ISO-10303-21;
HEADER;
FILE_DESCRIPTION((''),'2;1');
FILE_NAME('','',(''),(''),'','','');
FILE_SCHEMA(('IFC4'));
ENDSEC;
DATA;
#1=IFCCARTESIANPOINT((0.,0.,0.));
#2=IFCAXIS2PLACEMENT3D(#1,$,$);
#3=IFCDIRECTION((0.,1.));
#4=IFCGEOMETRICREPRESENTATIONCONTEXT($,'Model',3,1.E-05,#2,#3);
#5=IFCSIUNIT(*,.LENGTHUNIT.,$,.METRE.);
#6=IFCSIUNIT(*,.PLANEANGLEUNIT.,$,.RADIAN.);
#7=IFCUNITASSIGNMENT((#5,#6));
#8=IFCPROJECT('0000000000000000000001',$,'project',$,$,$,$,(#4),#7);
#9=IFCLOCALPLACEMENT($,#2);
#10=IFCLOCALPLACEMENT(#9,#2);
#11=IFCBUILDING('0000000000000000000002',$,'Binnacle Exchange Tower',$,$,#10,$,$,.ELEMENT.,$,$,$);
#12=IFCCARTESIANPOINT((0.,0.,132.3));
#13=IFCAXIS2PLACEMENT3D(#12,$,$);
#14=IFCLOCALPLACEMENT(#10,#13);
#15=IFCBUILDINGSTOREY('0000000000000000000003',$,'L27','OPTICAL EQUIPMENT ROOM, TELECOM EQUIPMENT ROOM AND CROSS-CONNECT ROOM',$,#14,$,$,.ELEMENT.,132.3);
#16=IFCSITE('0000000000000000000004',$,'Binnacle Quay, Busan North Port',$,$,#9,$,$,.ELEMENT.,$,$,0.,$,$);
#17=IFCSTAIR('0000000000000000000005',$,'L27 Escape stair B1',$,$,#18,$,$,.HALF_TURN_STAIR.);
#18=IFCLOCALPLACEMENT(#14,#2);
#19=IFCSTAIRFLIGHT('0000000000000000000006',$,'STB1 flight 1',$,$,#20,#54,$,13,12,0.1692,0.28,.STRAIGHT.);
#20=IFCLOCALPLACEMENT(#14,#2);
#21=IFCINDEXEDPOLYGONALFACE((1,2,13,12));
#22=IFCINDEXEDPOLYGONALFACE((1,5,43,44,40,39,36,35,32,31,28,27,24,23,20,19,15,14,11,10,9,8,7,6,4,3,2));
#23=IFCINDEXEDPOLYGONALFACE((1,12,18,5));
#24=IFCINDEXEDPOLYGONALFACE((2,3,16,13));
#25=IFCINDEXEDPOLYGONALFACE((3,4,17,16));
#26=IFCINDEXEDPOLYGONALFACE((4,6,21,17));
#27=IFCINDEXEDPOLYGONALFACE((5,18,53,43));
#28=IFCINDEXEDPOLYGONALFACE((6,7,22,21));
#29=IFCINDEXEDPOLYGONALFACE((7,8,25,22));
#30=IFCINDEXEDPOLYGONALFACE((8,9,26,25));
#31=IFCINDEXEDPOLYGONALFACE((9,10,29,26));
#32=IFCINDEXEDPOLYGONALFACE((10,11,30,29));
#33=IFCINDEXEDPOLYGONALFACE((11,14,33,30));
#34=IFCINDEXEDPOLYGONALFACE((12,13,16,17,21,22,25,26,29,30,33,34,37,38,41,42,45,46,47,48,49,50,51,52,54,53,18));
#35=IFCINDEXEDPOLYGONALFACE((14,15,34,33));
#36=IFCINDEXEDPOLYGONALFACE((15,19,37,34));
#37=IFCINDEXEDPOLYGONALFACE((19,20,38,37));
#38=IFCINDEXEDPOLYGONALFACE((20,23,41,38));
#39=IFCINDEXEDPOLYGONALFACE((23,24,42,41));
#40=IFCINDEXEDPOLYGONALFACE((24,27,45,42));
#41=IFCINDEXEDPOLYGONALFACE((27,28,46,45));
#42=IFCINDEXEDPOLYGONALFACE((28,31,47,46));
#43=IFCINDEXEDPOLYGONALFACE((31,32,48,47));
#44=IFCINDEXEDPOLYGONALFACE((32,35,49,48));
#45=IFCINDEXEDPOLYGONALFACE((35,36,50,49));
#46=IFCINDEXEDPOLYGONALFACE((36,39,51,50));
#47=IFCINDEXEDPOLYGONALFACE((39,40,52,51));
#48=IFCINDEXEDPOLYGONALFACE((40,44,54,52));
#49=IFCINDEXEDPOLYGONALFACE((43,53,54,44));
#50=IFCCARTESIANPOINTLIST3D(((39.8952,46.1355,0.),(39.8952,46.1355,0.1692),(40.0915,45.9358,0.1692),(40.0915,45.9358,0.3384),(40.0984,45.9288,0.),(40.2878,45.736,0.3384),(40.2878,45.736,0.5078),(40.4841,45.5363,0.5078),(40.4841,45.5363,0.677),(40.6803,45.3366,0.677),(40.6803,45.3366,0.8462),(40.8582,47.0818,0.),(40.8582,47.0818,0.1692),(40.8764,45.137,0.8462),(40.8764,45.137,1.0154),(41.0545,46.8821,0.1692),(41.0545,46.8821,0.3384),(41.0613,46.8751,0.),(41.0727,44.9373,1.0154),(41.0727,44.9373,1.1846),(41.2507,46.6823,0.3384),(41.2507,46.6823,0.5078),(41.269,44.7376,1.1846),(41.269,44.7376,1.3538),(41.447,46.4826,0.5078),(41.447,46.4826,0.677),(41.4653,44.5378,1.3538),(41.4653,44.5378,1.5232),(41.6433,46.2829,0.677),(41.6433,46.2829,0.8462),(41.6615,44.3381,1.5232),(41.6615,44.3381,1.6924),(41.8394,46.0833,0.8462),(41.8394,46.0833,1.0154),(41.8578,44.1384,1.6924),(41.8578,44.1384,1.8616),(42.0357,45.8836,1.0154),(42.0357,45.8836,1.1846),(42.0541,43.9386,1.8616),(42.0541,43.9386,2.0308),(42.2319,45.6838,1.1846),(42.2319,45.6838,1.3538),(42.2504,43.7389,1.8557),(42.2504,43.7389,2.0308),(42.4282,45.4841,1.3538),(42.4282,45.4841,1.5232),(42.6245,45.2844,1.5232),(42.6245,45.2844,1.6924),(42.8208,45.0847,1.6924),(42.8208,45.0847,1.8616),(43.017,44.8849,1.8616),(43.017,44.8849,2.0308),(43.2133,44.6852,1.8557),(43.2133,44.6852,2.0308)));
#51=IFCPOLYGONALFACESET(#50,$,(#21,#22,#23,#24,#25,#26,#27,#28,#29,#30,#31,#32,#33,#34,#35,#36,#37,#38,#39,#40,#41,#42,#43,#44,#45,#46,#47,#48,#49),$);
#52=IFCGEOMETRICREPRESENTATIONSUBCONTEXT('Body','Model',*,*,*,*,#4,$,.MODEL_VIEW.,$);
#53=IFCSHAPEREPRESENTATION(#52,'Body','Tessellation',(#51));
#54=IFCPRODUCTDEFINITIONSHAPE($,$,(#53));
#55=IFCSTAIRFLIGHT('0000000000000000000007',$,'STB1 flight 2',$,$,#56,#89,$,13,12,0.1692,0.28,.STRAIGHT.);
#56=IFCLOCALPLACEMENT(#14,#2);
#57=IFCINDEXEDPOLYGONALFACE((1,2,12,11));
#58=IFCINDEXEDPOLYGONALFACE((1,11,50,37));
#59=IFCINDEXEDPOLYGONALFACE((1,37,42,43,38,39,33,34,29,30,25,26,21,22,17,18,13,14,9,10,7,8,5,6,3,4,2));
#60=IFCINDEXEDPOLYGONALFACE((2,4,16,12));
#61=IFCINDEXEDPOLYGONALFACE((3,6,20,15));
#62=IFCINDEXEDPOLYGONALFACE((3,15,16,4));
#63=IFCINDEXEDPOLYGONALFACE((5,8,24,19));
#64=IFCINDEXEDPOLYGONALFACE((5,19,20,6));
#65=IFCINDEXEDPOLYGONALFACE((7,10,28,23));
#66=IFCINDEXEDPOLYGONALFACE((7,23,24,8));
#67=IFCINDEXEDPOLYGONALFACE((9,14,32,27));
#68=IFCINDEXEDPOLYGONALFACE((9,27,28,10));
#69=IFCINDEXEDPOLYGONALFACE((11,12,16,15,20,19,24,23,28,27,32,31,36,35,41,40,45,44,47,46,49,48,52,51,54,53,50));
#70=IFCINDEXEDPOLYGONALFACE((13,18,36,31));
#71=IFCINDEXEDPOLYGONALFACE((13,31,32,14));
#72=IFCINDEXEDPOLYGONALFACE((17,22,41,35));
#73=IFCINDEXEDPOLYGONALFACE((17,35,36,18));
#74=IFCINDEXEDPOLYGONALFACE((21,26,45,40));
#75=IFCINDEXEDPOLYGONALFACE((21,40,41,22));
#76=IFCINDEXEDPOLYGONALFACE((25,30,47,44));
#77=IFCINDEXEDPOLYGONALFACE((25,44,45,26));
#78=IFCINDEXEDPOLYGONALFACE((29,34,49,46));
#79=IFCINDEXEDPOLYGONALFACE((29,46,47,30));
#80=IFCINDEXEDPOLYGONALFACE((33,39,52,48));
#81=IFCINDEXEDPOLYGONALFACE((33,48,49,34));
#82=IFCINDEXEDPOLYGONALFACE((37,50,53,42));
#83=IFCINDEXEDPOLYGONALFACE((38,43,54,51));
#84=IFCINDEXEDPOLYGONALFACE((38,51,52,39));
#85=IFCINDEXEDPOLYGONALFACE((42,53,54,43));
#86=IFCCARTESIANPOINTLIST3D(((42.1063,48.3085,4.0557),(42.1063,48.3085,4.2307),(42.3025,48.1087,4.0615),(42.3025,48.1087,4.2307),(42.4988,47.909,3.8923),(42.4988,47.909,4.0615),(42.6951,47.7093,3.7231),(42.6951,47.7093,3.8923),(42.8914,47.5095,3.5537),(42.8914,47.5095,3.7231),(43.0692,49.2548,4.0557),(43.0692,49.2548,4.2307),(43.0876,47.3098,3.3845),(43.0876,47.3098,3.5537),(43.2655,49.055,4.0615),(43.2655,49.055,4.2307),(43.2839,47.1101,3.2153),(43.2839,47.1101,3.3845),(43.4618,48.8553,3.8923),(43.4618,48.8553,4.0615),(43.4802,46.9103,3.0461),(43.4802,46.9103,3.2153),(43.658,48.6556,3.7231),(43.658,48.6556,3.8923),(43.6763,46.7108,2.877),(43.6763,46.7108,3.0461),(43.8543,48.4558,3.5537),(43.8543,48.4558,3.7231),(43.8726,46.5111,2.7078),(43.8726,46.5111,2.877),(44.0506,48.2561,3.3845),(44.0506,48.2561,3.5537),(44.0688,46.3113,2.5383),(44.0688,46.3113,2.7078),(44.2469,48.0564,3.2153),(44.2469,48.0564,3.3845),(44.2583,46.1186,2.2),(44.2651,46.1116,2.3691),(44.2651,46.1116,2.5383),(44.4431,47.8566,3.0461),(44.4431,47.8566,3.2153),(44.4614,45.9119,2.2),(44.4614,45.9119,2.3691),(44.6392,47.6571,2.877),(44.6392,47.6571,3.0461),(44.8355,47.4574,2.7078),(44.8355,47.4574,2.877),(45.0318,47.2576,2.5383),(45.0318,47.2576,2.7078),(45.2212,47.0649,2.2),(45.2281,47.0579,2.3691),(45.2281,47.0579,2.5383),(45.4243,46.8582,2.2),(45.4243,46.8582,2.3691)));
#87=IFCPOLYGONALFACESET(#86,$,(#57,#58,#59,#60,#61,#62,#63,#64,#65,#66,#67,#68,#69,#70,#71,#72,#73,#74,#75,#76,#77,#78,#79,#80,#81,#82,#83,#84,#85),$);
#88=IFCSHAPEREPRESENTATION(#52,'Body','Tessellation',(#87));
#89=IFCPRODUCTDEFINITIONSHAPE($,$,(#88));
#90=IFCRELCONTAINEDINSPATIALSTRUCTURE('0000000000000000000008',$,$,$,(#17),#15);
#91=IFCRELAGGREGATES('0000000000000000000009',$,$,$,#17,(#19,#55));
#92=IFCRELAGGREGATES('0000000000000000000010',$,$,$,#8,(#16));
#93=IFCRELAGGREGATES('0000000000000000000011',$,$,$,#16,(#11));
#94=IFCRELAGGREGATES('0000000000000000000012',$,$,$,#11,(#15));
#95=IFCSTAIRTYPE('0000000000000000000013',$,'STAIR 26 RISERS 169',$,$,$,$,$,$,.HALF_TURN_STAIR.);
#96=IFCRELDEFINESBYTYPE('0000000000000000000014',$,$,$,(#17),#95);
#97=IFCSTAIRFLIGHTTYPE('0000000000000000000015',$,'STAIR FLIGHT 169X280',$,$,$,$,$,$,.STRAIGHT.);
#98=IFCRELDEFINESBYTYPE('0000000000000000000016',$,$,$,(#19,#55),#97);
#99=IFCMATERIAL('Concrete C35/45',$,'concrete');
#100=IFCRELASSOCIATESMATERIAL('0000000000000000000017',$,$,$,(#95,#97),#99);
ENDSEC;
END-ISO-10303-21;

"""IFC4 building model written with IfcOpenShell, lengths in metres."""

from ifc_helpers import new_model, si_unit, direction, frame, origin, place, context, subcontext, project, spatial, polyline, outline, extrude, material, type_object, element, aggregate, save


model = new_model("IFC4")

# Units and contexts
model_context = context("Model", 3, precision=1e-05, world=origin(), true_north=direction((0.0, 1.0)))
body_context = subcontext(model_context, "Body", "Model", "MODEL_VIEW")
ifc_project = project(units=[si_unit("LENGTHUNIT", "METRE"), si_unit("PLANEANGLEUNIT", "RADIAN")], contexts=[model_context])

# Site, building, storey
site_placement = place(None, origin())
site = spatial("IfcSite", under=ifc_project, at=site_placement, Name="Binnacle Quay, Busan North Port", CompositionType="ELEMENT", RefElevation=0.0)
building_placement = place(site_placement, origin())
building = spatial("IfcBuilding", under=site, at=building_placement, Name="Binnacle Exchange Tower", CompositionType="ELEMENT")
storey_placement = place(building_placement, frame((0.0, 0.0, 132.3)))
storey = spatial("IfcBuildingStorey", under=building, at=storey_placement, Name="L27", Description="OPTICAL EQUIPMENT ROOM, TELECOM EQUIPMENT ROOM AND CROSS-CONNECT ROOM", CompositionType="ELEMENT", Elevation=132.3)

# Stair, stair flights
ifc_material_1 = material(Name="Concrete C35/45", Category="concrete")
stair_type = type_object("IfcStairType", Name="STAIR 26 RISERS 169", PredefinedType="HALF_TURN_STAIR", material=ifc_material_1)
stair_placement = place(storey_placement, origin())
stair = element("IfcStair", 1, at=stair_placement, inside=storey, type_object=stair_type, Name="L27 Escape stair B1", PredefinedType="HALF_TURN_STAIR")
stair_flight_type = type_object("IfcStairFlightType", Name="STAIR FLIGHT 169X280", PredefinedType="STRAIGHT", material=ifc_material_1)
stair_flight_1_placement = place(storey_placement, frame((40.3767, 46.6086, 0.0), z_axis=(0.0, 0.0, 1.0), x_axis=(0.700909, -0.71325, 0.0)))
stair_flight_1 = element("IfcStairFlight", 2, at=stair_flight_1_placement, type_object=stair_flight_type, Name="STB1 flight 1", NumberOfRisers=13, NumberOfTreads=12, PredefinedType="STRAIGHT", RiserHeight=0.1692, TreadLength=0.28, context=body_context, shape_type="SweptSolid", body=[
    extrude(outline(polyline([(0.0, 0.0), (0.0, 0.1692), (0.28, 0.1692), (0.28, 0.3384), (0.5601, 0.3384), (0.5601, 0.5078), (0.8401, 0.5078), (0.8401, 0.677), (1.1201, 0.677), (1.1201, 0.8462), (1.3999, 0.8462), (1.3999, 1.0154), (1.6799, 1.0154), (1.6799, 1.1846), (1.96, 1.1846), (1.96, 1.3538), (2.24, 1.3538), (2.24, 1.5232), (2.52, 1.5232), (2.52, 1.6924), (2.8, 1.6924), (2.8, 1.8616), (3.0801, 1.8616), (3.0801, 2.0308), (3.3601, 2.0308), (3.3601, 2.2), (3.3601, 1.8557), (0.2898, 0.0), (0.0, 0.0)])), frame((0.0, 0.675, 0.0), z_axis=(0.0, -1.0, 0.0), x_axis=(1.0, 0.0, 0.0)), (0.0, 0.0, 1.0), 1.3501),
])
stair_flight_2_placement = place(storey_placement, frame((44.9429, 46.385, 2.2), z_axis=(0.0, 0.0, 1.0), x_axis=(-0.700909, 0.71325, 0.0)))
stair_flight_2 = element("IfcStairFlight", 3, at=stair_flight_2_placement, type_object=stair_flight_type, Name="STB1 flight 2", NumberOfRisers=13, NumberOfTreads=12, PredefinedType="STRAIGHT", RiserHeight=0.1692, TreadLength=0.28, context=body_context, shape_type="SweptSolid", body=[
    extrude(outline(polyline([(0.0, 0.0), (0.0, 0.1692), (0.28, 0.1692), (0.28, 0.3384), (0.5601, 0.3384), (0.5601, 0.5078), (0.8401, 0.5078), (0.8401, 0.677), (1.1201, 0.677), (1.1201, 0.8462), (1.3999, 0.8462), (1.3999, 1.0154), (1.6799, 1.0154), (1.6799, 1.1846), (1.96, 1.1846), (1.96, 1.3538), (2.24, 1.3538), (2.24, 1.5232), (2.52, 1.5232), (2.52, 1.6924), (2.8, 1.6924), (2.8, 1.8616), (3.0801, 1.8616), (3.0801, 2.0308), (3.3601, 2.0308), (3.3601, 2.2), (3.3601, 1.8557), (0.2898, 0.0), (0.0, 0.0)])), frame((0.0, 0.675, 0.0), z_axis=(0.0, -1.0, 0.0), x_axis=(1.0, 0.0, 0.0)), (0.0, 0.0, 1.0), 1.3501),
])
aggregate(stair, [stair_flight_1, stair_flight_2])

save(model, "model.ifc")
